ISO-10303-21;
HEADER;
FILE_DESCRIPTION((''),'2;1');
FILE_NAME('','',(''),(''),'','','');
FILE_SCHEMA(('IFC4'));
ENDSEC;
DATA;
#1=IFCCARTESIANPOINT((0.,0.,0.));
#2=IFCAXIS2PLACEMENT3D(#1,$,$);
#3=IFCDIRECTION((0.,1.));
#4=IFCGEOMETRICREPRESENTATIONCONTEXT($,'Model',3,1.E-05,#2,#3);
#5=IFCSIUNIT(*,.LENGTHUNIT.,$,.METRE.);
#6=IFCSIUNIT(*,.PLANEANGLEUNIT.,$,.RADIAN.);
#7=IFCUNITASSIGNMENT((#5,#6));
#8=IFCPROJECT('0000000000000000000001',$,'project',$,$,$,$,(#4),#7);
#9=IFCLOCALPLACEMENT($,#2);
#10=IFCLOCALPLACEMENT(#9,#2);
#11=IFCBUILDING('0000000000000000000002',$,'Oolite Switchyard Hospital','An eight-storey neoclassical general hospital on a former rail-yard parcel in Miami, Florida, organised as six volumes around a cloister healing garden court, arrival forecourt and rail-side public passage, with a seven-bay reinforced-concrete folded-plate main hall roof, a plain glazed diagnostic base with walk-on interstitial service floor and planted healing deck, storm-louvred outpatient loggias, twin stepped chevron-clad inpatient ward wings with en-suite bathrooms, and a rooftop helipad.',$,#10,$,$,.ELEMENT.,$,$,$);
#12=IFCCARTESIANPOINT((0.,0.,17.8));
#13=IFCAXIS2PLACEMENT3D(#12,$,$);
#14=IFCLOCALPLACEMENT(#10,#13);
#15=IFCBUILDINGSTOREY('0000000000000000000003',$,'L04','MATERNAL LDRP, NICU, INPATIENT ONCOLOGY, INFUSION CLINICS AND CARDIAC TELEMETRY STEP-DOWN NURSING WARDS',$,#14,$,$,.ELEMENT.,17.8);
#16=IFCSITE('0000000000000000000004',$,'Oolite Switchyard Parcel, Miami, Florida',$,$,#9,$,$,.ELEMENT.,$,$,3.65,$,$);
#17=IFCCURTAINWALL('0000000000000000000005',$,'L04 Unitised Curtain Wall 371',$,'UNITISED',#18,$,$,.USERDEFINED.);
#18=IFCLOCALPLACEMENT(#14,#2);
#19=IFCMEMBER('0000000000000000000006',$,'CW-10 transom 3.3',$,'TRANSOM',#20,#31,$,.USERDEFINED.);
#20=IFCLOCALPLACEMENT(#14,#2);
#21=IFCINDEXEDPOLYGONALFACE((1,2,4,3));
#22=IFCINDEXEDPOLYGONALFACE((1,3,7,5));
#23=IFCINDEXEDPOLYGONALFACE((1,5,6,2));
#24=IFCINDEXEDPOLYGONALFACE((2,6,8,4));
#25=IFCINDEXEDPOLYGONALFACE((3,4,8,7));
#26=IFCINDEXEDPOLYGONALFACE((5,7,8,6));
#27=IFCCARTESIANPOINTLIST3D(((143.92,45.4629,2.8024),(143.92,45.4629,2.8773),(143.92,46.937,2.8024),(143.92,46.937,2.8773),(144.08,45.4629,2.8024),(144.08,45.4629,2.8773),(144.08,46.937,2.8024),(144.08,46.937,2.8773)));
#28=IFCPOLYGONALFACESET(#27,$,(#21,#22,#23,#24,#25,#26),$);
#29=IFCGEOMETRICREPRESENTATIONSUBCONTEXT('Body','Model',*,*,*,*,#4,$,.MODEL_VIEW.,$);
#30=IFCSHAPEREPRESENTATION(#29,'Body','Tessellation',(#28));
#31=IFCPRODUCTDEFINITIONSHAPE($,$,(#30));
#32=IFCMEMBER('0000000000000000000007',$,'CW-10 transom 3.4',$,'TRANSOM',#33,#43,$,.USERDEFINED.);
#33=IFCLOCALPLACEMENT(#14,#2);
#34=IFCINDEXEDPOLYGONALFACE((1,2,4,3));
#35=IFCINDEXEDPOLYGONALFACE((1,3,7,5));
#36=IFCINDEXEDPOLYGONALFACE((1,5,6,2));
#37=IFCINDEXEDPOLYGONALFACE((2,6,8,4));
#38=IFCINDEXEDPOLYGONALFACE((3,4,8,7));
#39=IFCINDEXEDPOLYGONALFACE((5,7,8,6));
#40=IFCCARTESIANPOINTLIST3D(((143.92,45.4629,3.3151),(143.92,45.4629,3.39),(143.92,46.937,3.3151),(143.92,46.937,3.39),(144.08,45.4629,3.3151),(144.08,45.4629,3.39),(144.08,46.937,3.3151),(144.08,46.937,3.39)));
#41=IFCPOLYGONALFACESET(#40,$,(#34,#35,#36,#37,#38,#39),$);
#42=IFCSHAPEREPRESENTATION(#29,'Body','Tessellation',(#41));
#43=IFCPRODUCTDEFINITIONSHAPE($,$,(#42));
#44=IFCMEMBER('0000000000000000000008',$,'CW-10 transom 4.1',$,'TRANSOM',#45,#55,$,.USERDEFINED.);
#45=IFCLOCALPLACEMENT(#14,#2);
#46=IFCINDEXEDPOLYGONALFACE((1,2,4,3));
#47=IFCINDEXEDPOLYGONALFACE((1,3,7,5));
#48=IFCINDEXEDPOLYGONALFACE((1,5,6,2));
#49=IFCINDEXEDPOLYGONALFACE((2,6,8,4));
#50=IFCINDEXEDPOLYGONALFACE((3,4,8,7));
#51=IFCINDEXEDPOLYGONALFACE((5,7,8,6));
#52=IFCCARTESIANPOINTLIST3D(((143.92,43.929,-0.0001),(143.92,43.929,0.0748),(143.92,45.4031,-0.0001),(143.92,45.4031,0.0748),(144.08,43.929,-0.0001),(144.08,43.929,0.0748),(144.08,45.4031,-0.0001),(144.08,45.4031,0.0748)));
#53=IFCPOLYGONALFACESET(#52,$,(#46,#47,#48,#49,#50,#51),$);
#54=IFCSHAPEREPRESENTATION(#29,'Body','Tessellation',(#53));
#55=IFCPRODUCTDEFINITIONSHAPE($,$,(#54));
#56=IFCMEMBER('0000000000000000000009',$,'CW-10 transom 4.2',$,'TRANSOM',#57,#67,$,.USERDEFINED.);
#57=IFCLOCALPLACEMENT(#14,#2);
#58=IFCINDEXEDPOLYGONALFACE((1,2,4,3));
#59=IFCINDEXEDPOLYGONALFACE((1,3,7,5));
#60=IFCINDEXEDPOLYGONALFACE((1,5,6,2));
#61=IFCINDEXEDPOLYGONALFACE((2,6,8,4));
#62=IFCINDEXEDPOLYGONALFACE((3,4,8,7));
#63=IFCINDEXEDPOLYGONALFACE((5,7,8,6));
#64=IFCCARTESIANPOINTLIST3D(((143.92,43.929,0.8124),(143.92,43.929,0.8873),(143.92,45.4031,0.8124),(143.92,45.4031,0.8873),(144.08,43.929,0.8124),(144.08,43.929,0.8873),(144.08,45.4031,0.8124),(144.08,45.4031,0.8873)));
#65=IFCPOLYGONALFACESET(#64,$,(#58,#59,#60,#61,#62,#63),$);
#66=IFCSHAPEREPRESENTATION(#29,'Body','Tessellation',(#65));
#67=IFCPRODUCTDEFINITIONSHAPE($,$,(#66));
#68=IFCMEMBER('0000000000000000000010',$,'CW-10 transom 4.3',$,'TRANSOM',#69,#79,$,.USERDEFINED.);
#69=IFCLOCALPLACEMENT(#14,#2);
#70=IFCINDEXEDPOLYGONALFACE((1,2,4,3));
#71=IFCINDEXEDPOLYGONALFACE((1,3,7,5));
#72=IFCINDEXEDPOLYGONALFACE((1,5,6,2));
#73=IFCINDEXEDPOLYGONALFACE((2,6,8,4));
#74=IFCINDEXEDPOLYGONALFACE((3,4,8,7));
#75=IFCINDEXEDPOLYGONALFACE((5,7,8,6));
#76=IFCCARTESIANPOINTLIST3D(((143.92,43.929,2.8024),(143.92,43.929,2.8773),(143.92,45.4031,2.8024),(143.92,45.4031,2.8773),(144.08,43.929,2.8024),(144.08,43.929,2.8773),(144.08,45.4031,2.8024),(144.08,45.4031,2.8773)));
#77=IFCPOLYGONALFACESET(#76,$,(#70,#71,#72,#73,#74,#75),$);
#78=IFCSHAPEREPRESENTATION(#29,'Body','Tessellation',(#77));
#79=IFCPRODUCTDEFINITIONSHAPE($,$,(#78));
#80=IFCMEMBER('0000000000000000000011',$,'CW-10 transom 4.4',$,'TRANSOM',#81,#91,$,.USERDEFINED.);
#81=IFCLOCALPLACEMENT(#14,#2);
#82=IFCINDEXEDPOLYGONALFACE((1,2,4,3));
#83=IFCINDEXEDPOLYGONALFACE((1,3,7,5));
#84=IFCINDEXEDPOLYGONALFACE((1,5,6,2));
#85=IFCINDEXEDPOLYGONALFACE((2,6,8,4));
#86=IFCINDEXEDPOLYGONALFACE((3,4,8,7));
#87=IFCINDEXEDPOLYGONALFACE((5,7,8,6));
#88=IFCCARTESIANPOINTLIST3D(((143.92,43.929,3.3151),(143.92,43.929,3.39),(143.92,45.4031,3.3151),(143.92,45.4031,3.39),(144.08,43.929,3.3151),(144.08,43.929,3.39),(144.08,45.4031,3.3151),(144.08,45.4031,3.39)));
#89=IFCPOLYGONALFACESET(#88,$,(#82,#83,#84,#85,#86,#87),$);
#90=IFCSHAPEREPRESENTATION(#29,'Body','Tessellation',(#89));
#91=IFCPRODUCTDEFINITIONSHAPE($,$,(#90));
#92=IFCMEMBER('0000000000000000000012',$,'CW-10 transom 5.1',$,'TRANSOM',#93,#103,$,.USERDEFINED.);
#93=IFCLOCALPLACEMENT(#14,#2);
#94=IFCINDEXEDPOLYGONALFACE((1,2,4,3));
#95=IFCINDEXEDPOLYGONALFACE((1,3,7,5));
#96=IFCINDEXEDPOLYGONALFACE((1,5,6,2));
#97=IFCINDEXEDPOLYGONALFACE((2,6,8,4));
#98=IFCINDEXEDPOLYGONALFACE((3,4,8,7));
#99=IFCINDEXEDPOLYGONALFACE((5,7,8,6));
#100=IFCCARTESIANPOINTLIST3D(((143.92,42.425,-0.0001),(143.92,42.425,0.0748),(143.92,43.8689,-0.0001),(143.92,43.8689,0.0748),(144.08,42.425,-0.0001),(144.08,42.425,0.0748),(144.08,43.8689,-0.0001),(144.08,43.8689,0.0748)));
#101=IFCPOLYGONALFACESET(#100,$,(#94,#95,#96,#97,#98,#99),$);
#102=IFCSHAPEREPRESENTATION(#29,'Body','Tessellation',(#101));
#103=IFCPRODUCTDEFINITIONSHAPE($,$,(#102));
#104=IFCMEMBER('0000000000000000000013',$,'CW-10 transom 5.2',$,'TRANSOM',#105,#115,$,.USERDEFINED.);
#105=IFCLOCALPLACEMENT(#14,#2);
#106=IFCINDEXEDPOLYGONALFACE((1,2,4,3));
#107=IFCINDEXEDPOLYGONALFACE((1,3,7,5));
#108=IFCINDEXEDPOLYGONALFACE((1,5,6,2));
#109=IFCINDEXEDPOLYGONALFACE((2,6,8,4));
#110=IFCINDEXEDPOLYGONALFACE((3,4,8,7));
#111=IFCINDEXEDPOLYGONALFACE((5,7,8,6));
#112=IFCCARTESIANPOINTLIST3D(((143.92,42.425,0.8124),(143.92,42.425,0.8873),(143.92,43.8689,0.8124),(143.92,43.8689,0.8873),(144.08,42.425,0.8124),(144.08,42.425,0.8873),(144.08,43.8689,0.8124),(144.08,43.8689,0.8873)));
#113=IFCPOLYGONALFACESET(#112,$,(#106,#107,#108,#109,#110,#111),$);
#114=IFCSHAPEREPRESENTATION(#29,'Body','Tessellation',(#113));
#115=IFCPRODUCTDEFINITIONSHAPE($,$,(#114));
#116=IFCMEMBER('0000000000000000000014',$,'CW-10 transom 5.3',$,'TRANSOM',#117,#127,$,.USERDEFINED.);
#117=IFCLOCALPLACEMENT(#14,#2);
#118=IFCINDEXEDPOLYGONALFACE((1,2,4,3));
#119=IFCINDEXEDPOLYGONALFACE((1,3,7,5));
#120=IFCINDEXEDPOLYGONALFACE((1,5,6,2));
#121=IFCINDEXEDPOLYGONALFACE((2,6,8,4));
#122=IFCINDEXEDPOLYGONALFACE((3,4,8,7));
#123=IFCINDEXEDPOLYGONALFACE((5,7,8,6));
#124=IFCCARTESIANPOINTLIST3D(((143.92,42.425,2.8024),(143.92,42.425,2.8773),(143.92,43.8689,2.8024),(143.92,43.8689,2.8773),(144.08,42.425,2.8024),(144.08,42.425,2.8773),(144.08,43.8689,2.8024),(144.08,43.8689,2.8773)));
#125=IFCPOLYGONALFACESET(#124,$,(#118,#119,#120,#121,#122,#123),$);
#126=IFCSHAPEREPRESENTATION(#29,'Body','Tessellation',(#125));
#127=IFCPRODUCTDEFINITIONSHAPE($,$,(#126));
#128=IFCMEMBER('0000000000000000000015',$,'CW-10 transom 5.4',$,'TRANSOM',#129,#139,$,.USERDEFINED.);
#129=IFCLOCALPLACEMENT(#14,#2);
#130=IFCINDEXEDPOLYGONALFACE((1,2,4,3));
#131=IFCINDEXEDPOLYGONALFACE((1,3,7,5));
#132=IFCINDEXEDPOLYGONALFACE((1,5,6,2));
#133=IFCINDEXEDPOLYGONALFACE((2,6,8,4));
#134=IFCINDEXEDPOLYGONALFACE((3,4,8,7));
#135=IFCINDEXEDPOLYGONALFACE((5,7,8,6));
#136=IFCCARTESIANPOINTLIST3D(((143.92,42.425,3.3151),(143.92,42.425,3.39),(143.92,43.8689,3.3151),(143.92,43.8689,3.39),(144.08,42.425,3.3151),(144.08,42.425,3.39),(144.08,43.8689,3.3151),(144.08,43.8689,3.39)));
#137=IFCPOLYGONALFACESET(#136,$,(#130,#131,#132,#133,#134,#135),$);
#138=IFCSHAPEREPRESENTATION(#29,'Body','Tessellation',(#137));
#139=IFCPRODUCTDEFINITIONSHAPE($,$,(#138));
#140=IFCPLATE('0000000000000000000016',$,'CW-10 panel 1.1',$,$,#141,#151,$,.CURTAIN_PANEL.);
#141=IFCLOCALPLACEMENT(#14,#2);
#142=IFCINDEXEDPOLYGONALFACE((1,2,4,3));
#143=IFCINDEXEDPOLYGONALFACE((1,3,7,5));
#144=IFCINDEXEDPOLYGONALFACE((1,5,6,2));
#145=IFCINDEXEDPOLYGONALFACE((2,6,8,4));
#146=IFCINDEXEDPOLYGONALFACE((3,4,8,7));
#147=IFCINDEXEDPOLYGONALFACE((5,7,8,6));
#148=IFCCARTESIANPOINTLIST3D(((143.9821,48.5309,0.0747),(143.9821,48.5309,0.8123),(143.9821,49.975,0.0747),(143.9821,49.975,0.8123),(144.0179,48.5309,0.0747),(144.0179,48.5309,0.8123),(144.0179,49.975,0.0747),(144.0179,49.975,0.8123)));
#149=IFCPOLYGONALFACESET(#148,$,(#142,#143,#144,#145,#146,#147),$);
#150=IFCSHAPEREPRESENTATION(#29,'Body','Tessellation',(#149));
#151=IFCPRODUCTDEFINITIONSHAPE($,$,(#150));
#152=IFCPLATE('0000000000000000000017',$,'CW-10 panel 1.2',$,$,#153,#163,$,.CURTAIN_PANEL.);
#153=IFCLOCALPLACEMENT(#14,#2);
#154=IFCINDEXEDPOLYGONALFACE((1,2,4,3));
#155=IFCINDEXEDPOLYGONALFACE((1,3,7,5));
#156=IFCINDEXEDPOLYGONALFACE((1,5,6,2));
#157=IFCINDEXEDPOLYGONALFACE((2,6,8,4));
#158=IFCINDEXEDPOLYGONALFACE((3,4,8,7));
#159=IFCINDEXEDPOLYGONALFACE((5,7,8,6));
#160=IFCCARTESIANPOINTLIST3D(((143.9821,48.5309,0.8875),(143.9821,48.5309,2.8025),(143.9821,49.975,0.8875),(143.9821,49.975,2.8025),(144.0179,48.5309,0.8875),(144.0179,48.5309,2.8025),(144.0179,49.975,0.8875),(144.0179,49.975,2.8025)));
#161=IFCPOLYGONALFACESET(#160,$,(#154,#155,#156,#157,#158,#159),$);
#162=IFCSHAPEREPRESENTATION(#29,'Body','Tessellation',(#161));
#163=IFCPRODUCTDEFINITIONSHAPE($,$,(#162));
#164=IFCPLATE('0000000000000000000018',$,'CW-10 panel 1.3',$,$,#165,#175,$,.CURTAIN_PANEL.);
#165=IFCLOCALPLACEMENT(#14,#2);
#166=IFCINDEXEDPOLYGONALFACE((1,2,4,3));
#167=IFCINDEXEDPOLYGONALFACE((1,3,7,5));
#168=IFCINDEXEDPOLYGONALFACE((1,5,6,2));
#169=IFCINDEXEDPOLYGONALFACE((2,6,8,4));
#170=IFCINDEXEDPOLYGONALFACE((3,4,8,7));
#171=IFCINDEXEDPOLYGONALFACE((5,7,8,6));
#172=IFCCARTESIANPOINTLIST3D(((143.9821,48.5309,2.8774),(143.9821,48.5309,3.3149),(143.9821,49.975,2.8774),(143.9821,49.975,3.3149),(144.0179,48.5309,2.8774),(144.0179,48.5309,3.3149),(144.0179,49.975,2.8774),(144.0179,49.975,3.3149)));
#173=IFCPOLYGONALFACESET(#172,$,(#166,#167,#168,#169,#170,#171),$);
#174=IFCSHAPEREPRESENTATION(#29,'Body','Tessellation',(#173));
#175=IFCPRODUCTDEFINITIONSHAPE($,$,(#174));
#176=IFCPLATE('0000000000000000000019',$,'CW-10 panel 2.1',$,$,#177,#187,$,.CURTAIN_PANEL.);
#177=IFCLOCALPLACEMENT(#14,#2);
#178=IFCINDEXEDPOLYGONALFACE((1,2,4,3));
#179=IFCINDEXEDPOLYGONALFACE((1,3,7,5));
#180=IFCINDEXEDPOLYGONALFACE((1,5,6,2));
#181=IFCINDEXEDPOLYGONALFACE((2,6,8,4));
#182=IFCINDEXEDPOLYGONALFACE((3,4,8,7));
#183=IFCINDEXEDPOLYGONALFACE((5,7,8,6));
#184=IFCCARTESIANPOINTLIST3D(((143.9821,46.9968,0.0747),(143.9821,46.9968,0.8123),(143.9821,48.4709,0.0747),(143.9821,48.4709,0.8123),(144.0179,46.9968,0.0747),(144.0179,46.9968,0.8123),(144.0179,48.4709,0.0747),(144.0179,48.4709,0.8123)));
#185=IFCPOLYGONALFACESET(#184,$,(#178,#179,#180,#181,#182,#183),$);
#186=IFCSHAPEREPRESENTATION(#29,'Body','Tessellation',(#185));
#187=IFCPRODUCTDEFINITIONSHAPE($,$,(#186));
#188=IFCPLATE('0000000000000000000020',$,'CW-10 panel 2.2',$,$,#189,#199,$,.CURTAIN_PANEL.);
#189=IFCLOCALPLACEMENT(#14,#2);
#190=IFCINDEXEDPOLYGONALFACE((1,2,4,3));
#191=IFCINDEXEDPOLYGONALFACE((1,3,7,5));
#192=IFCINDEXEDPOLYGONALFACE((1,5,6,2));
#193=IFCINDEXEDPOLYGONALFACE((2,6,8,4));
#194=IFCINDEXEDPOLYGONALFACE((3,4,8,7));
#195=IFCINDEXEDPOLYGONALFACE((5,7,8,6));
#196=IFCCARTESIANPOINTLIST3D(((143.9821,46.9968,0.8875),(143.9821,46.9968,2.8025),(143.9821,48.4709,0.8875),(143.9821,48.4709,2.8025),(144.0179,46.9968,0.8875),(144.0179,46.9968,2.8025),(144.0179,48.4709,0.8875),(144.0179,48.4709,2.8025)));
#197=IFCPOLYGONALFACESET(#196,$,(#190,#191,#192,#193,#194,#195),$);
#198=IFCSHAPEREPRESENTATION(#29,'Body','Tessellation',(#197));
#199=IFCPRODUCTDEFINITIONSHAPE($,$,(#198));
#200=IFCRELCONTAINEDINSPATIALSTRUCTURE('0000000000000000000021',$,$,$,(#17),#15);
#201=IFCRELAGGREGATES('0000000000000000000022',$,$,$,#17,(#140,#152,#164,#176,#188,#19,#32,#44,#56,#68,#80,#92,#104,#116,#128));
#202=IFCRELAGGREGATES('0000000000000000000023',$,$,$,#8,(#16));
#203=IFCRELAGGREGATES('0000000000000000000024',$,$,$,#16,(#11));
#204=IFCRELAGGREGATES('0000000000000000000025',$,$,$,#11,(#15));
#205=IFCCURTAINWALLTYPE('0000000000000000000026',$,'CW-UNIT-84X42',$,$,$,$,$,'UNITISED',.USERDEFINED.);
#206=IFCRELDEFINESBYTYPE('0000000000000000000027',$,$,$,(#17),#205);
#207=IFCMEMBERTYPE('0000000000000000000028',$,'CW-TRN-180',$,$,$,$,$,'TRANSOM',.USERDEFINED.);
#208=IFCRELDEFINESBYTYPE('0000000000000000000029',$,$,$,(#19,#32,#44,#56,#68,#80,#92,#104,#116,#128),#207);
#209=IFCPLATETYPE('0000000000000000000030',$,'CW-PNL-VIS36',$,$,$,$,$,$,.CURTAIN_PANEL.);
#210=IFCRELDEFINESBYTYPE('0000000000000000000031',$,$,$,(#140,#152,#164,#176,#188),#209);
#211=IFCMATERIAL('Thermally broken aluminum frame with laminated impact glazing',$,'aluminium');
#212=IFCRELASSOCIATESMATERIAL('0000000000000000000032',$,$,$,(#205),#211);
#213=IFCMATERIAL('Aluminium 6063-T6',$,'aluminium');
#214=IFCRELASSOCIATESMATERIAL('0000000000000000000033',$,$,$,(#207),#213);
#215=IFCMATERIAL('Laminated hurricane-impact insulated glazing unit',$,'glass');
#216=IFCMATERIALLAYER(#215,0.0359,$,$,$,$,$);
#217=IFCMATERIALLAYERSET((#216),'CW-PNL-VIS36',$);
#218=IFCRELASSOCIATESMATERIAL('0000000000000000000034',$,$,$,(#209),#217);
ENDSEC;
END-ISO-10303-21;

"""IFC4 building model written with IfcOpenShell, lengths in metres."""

from ifc_helpers import new_model, si_unit, direction, frame, origin, origin_2d, place, context, subcontext, project, spatial, rectangle, extrude, material, layer, layer_set, material_profile, profile_set, type_object, element, aggregate, save


model = new_model("IFC4")

# Units and contexts
model_context = context("Model", 3, precision=1e-05, world=origin(), true_north=direction((0.0, 1.0)))
body_context = subcontext(model_context, "Body", "Model", "MODEL_VIEW")
ifc_project = project(units=[si_unit("LENGTHUNIT", "METRE"), si_unit("PLANEANGLEUNIT", "RADIAN")], contexts=[model_context])

# Site, building, storey
site_placement = place(None, origin())
site = spatial("IfcSite", under=ifc_project, at=site_placement, Name="Oolite Switchyard Parcel, Miami, Florida", CompositionType="ELEMENT", RefElevation=3.65)
building_placement = place(site_placement, origin())
building = spatial("IfcBuilding", under=site, at=building_placement, Name="Oolite Switchyard Hospital", Description="An eight-storey neoclassical general hospital on a former rail-yard parcel in Miami, Florida, organised as six volumes around a cloister healing garden court, arrival forecourt and rail-side public passage, with a seven-bay reinforced-concrete folded-plate main hall roof, a plain glazed diagnostic base with walk-on interstitial service floor and planted healing deck, storm-louvred outpatient loggias, twin stepped chevron-clad inpatient ward wings with en-suite bathrooms, and a rooftop helipad.", CompositionType="ELEMENT")
storey_placement = place(building_placement, frame((0.0, 0.0, 17.8)))
storey = spatial("IfcBuildingStorey", under=building, at=storey_placement, Name="L04", Description="MATERNAL LDRP, NICU, INPATIENT ONCOLOGY, INFUSION CLINICS AND CARDIAC TELEMETRY STEP-DOWN NURSING WARDS", CompositionType="ELEMENT", Elevation=17.8)

# Curtain wall, members, plates
ifc_material_1 = material(Name="Thermally broken aluminum frame with laminated impact glazing", Category="aluminium")
curtain_wall_type = type_object("IfcCurtainWallType", Name="CW-UNIT-84X42", ElementType="UNITISED", PredefinedType="USERDEFINED", material=ifc_material_1)
curtain_wall_placement = place(storey_placement, origin())
curtain_wall = element("IfcCurtainWall", 1, at=curtain_wall_placement, inside=storey, type_object=curtain_wall_type, Name="L04 Unitised Curtain Wall 371", ObjectType="UNITISED", PredefinedType="USERDEFINED")
ifc_material_2 = material(Name="Aluminium 6063-T6", Category="aluminium")
ifc_material_profile_1 = material_profile(ifc_material_2, rectangle(XDim=0.1599, YDim=0.075, at=origin_2d()), Name="CWT75X160")
ifc_profile_set_1 = profile_set([ifc_material_profile_1], Name="Aluminium 6063-T6")
member_type_1 = type_object("IfcMemberType", Name="CW-TRN-180", ElementType="TRANSOM", PredefinedType="USERDEFINED", material=ifc_profile_set_1)
member_1_placement = place(storey_placement, frame((144.0, 46.937, 2.8398), z_axis=(0.0, -1.0, 0.0), x_axis=(1.0, 0.0, 0.0)))
member_1 = element("IfcMember", 2, at=member_1_placement, type_object=member_type_1, Name="CW-10 transom 3.3", ObjectType="TRANSOM", PredefinedType="USERDEFINED", context=body_context, shape_type="SweptSolid", body=[
    extrude(rectangle(XDim=0.1599, YDim=0.075, at=origin_2d()), origin(), (0.0, 0.0, 1.0), 1.4741),
])
member_2_placement = place(storey_placement, frame((144.0, 46.937, 3.3525), z_axis=(0.0, -1.0, 0.0), x_axis=(1.0, 0.0, 0.0)))
member_2 = element("IfcMember", 3, at=member_2_placement, type_object=member_type_1, Name="CW-10 transom 3.4", ObjectType="TRANSOM", PredefinedType="USERDEFINED", context=body_context, shape_type="SweptSolid", body=[
    extrude(rectangle(XDim=0.1599, YDim=0.075, at=origin_2d()), origin(), (0.0, 0.0, 1.0), 1.4741),
])
member_3_placement = place(storey_placement, frame((144.0, 45.4031, 0.0374), z_axis=(0.0, -1.0, 0.0), x_axis=(1.0, 0.0, 0.0)))
member_3 = element("IfcMember", 4, at=member_3_placement, type_object=member_type_1, Name="CW-10 transom 4.1", ObjectType="TRANSOM", PredefinedType="USERDEFINED", context=body_context, shape_type="SweptSolid", body=[
    extrude(rectangle(XDim=0.1599, YDim=0.075, at=origin_2d()), origin(), (0.0, 0.0, 1.0), 1.4741),
])
member_4_placement = place(storey_placement, frame((144.0, 45.4031, 0.8499), z_axis=(0.0, -1.0, 0.0), x_axis=(1.0, 0.0, 0.0)))
member_4 = element("IfcMember", 5, at=member_4_placement, type_object=member_type_1, Name="CW-10 transom 4.2", ObjectType="TRANSOM", PredefinedType="USERDEFINED", context=body_context, shape_type="SweptSolid", body=[
    extrude(rectangle(XDim=0.1599, YDim=0.075, at=origin_2d()), origin(), (0.0, 0.0, 1.0), 1.4741),
])
member_5_placement = place(storey_placement, frame((144.0, 45.4031, 2.8398), z_axis=(0.0, -1.0, 0.0), x_axis=(1.0, 0.0, 0.0)))
member_5 = element("IfcMember", 6, at=member_5_placement, type_object=member_type_1, Name="CW-10 transom 4.3", ObjectType="TRANSOM", PredefinedType="USERDEFINED", context=body_context, shape_type="SweptSolid", body=[
    extrude(rectangle(XDim=0.1599, YDim=0.075, at=origin_2d()), origin(), (0.0, 0.0, 1.0), 1.4741),
])
member_6_placement = place(storey_placement, frame((144.0, 45.4031, 3.3525), z_axis=(0.0, -1.0, 0.0), x_axis=(1.0, 0.0, 0.0)))
member_6 = element("IfcMember", 7, at=member_6_placement, type_object=member_type_1, Name="CW-10 transom 4.4", ObjectType="TRANSOM", PredefinedType="USERDEFINED", context=body_context, shape_type="SweptSolid", body=[
    extrude(rectangle(XDim=0.1599, YDim=0.075, at=origin_2d()), origin(), (0.0, 0.0, 1.0), 1.4741),
])
member_7_placement = place(storey_placement, frame((144.0, 43.8689, 0.0374), z_axis=(0.0, -1.0, 0.0), x_axis=(1.0, 0.0, 0.0)))
member_7 = element("IfcMember", 8, at=member_7_placement, type_object=member_type_1, Name="CW-10 transom 5.1", ObjectType="TRANSOM", PredefinedType="USERDEFINED", context=body_context, shape_type="SweptSolid", body=[
    extrude(rectangle(XDim=0.1599, YDim=0.075, at=origin_2d()), origin(), (0.0, 0.0, 1.0), 1.4438),
])
member_8_placement = place(storey_placement, frame((144.0, 43.8689, 0.8499), z_axis=(0.0, -1.0, 0.0), x_axis=(1.0, 0.0, 0.0)))
member_8 = element("IfcMember", 9, at=member_8_placement, type_object=member_type_1, Name="CW-10 transom 5.2", ObjectType="TRANSOM", PredefinedType="USERDEFINED", context=body_context, shape_type="SweptSolid", body=[
    extrude(rectangle(XDim=0.1599, YDim=0.075, at=origin_2d()), origin(), (0.0, 0.0, 1.0), 1.4438),
])
member_9_placement = place(storey_placement, frame((144.0, 43.8689, 2.8398), z_axis=(0.0, -1.0, 0.0), x_axis=(1.0, 0.0, 0.0)))
member_9 = element("IfcMember", 10, at=member_9_placement, type_object=member_type_1, Name="CW-10 transom 5.3", ObjectType="TRANSOM", PredefinedType="USERDEFINED", context=body_context, shape_type="SweptSolid", body=[
    extrude(rectangle(XDim=0.1599, YDim=0.075, at=origin_2d()), origin(), (0.0, 0.0, 1.0), 1.4438),
])
member_10_placement = place(storey_placement, frame((144.0, 43.8689, 3.3525), z_axis=(0.0, -1.0, 0.0), x_axis=(1.0, 0.0, 0.0)))
member_10 = element("IfcMember", 11, at=member_10_placement, type_object=member_type_1, Name="CW-10 transom 5.4", ObjectType="TRANSOM", PredefinedType="USERDEFINED", context=body_context, shape_type="SweptSolid", body=[
    extrude(rectangle(XDim=0.1599, YDim=0.075, at=origin_2d()), origin(), (0.0, 0.0, 1.0), 1.4438),
])
ifc_material_3 = material(Name="Laminated hurricane-impact insulated glazing unit", Category="glass")
ifc_layer = layer(ifc_material_3, 0.0359)
ifc_layer_set = layer_set([ifc_layer], Name="CW-PNL-VIS36")
plate_type = type_object("IfcPlateType", Name="CW-PNL-VIS36", PredefinedType="CURTAIN_PANEL", material=ifc_layer_set)
plate_1_placement = place(storey_placement, frame((144.0, 49.2529, 0.0747), z_axis=(0.0, 0.0, 1.0), x_axis=(0.0, -1.0, 0.0)))
plate_1 = element("IfcPlate", 12, at=plate_1_placement, type_object=plate_type, Name="CW-10 panel 1.1", PredefinedType="CURTAIN_PANEL", context=body_context, shape_type="SweptSolid", body=[
    extrude(rectangle(XDim=1.4441, YDim=0.0359, at=origin_2d()), origin(), (0.0, 0.0, 1.0), 0.7375),
])
plate_2_placement = place(storey_placement, frame((144.0, 49.2529, 0.8875), z_axis=(0.0, 0.0, 1.0), x_axis=(0.0, -1.0, 0.0)))
plate_2 = element("IfcPlate", 13, at=plate_2_placement, type_object=plate_type, Name="CW-10 panel 1.2", PredefinedType="CURTAIN_PANEL", context=body_context, shape_type="SweptSolid", body=[
    extrude(rectangle(XDim=1.4441, YDim=0.0359, at=origin_2d()), origin(), (0.0, 0.0, 1.0), 1.915),
])
plate_3_placement = place(storey_placement, frame((144.0, 49.2529, 2.8774), z_axis=(0.0, 0.0, 1.0), x_axis=(0.0, -1.0, 0.0)))
plate_3 = element("IfcPlate", 14, at=plate_3_placement, type_object=plate_type, Name="CW-10 panel 1.3", PredefinedType="CURTAIN_PANEL", context=body_context, shape_type="SweptSolid", body=[
    extrude(rectangle(XDim=1.4441, YDim=0.0359, at=origin_2d()), origin(), (0.0, 0.0, 1.0), 0.4375),
])
plate_4_placement = place(storey_placement, frame((144.0, 47.7339, 0.0747), z_axis=(0.0, 0.0, 1.0), x_axis=(0.0, -1.0, 0.0)))
plate_4 = element("IfcPlate", 15, at=plate_4_placement, type_object=plate_type, Name="CW-10 panel 2.1", PredefinedType="CURTAIN_PANEL", context=body_context, shape_type="SweptSolid", body=[
    extrude(rectangle(XDim=1.4741, YDim=0.0359, at=origin_2d()), origin(), (0.0, 0.0, 1.0), 0.7375),
])
plate_5_placement = place(storey_placement, frame((144.0, 47.7339, 0.8875), z_axis=(0.0, 0.0, 1.0), x_axis=(0.0, -1.0, 0.0)))
plate_5 = element("IfcPlate", 16, at=plate_5_placement, type_object=plate_type, Name="CW-10 panel 2.2", PredefinedType="CURTAIN_PANEL", context=body_context, shape_type="SweptSolid", body=[
    extrude(rectangle(XDim=1.4741, YDim=0.0359, at=origin_2d()), origin(), (0.0, 0.0, 1.0), 1.915),
])
aggregate(curtain_wall, [plate_1, plate_2, plate_3, plate_4, plate_5, member_1, member_2, member_3, member_4, member_5, member_6, member_7, member_8, member_9, member_10])

save(model, "model.ifc")
